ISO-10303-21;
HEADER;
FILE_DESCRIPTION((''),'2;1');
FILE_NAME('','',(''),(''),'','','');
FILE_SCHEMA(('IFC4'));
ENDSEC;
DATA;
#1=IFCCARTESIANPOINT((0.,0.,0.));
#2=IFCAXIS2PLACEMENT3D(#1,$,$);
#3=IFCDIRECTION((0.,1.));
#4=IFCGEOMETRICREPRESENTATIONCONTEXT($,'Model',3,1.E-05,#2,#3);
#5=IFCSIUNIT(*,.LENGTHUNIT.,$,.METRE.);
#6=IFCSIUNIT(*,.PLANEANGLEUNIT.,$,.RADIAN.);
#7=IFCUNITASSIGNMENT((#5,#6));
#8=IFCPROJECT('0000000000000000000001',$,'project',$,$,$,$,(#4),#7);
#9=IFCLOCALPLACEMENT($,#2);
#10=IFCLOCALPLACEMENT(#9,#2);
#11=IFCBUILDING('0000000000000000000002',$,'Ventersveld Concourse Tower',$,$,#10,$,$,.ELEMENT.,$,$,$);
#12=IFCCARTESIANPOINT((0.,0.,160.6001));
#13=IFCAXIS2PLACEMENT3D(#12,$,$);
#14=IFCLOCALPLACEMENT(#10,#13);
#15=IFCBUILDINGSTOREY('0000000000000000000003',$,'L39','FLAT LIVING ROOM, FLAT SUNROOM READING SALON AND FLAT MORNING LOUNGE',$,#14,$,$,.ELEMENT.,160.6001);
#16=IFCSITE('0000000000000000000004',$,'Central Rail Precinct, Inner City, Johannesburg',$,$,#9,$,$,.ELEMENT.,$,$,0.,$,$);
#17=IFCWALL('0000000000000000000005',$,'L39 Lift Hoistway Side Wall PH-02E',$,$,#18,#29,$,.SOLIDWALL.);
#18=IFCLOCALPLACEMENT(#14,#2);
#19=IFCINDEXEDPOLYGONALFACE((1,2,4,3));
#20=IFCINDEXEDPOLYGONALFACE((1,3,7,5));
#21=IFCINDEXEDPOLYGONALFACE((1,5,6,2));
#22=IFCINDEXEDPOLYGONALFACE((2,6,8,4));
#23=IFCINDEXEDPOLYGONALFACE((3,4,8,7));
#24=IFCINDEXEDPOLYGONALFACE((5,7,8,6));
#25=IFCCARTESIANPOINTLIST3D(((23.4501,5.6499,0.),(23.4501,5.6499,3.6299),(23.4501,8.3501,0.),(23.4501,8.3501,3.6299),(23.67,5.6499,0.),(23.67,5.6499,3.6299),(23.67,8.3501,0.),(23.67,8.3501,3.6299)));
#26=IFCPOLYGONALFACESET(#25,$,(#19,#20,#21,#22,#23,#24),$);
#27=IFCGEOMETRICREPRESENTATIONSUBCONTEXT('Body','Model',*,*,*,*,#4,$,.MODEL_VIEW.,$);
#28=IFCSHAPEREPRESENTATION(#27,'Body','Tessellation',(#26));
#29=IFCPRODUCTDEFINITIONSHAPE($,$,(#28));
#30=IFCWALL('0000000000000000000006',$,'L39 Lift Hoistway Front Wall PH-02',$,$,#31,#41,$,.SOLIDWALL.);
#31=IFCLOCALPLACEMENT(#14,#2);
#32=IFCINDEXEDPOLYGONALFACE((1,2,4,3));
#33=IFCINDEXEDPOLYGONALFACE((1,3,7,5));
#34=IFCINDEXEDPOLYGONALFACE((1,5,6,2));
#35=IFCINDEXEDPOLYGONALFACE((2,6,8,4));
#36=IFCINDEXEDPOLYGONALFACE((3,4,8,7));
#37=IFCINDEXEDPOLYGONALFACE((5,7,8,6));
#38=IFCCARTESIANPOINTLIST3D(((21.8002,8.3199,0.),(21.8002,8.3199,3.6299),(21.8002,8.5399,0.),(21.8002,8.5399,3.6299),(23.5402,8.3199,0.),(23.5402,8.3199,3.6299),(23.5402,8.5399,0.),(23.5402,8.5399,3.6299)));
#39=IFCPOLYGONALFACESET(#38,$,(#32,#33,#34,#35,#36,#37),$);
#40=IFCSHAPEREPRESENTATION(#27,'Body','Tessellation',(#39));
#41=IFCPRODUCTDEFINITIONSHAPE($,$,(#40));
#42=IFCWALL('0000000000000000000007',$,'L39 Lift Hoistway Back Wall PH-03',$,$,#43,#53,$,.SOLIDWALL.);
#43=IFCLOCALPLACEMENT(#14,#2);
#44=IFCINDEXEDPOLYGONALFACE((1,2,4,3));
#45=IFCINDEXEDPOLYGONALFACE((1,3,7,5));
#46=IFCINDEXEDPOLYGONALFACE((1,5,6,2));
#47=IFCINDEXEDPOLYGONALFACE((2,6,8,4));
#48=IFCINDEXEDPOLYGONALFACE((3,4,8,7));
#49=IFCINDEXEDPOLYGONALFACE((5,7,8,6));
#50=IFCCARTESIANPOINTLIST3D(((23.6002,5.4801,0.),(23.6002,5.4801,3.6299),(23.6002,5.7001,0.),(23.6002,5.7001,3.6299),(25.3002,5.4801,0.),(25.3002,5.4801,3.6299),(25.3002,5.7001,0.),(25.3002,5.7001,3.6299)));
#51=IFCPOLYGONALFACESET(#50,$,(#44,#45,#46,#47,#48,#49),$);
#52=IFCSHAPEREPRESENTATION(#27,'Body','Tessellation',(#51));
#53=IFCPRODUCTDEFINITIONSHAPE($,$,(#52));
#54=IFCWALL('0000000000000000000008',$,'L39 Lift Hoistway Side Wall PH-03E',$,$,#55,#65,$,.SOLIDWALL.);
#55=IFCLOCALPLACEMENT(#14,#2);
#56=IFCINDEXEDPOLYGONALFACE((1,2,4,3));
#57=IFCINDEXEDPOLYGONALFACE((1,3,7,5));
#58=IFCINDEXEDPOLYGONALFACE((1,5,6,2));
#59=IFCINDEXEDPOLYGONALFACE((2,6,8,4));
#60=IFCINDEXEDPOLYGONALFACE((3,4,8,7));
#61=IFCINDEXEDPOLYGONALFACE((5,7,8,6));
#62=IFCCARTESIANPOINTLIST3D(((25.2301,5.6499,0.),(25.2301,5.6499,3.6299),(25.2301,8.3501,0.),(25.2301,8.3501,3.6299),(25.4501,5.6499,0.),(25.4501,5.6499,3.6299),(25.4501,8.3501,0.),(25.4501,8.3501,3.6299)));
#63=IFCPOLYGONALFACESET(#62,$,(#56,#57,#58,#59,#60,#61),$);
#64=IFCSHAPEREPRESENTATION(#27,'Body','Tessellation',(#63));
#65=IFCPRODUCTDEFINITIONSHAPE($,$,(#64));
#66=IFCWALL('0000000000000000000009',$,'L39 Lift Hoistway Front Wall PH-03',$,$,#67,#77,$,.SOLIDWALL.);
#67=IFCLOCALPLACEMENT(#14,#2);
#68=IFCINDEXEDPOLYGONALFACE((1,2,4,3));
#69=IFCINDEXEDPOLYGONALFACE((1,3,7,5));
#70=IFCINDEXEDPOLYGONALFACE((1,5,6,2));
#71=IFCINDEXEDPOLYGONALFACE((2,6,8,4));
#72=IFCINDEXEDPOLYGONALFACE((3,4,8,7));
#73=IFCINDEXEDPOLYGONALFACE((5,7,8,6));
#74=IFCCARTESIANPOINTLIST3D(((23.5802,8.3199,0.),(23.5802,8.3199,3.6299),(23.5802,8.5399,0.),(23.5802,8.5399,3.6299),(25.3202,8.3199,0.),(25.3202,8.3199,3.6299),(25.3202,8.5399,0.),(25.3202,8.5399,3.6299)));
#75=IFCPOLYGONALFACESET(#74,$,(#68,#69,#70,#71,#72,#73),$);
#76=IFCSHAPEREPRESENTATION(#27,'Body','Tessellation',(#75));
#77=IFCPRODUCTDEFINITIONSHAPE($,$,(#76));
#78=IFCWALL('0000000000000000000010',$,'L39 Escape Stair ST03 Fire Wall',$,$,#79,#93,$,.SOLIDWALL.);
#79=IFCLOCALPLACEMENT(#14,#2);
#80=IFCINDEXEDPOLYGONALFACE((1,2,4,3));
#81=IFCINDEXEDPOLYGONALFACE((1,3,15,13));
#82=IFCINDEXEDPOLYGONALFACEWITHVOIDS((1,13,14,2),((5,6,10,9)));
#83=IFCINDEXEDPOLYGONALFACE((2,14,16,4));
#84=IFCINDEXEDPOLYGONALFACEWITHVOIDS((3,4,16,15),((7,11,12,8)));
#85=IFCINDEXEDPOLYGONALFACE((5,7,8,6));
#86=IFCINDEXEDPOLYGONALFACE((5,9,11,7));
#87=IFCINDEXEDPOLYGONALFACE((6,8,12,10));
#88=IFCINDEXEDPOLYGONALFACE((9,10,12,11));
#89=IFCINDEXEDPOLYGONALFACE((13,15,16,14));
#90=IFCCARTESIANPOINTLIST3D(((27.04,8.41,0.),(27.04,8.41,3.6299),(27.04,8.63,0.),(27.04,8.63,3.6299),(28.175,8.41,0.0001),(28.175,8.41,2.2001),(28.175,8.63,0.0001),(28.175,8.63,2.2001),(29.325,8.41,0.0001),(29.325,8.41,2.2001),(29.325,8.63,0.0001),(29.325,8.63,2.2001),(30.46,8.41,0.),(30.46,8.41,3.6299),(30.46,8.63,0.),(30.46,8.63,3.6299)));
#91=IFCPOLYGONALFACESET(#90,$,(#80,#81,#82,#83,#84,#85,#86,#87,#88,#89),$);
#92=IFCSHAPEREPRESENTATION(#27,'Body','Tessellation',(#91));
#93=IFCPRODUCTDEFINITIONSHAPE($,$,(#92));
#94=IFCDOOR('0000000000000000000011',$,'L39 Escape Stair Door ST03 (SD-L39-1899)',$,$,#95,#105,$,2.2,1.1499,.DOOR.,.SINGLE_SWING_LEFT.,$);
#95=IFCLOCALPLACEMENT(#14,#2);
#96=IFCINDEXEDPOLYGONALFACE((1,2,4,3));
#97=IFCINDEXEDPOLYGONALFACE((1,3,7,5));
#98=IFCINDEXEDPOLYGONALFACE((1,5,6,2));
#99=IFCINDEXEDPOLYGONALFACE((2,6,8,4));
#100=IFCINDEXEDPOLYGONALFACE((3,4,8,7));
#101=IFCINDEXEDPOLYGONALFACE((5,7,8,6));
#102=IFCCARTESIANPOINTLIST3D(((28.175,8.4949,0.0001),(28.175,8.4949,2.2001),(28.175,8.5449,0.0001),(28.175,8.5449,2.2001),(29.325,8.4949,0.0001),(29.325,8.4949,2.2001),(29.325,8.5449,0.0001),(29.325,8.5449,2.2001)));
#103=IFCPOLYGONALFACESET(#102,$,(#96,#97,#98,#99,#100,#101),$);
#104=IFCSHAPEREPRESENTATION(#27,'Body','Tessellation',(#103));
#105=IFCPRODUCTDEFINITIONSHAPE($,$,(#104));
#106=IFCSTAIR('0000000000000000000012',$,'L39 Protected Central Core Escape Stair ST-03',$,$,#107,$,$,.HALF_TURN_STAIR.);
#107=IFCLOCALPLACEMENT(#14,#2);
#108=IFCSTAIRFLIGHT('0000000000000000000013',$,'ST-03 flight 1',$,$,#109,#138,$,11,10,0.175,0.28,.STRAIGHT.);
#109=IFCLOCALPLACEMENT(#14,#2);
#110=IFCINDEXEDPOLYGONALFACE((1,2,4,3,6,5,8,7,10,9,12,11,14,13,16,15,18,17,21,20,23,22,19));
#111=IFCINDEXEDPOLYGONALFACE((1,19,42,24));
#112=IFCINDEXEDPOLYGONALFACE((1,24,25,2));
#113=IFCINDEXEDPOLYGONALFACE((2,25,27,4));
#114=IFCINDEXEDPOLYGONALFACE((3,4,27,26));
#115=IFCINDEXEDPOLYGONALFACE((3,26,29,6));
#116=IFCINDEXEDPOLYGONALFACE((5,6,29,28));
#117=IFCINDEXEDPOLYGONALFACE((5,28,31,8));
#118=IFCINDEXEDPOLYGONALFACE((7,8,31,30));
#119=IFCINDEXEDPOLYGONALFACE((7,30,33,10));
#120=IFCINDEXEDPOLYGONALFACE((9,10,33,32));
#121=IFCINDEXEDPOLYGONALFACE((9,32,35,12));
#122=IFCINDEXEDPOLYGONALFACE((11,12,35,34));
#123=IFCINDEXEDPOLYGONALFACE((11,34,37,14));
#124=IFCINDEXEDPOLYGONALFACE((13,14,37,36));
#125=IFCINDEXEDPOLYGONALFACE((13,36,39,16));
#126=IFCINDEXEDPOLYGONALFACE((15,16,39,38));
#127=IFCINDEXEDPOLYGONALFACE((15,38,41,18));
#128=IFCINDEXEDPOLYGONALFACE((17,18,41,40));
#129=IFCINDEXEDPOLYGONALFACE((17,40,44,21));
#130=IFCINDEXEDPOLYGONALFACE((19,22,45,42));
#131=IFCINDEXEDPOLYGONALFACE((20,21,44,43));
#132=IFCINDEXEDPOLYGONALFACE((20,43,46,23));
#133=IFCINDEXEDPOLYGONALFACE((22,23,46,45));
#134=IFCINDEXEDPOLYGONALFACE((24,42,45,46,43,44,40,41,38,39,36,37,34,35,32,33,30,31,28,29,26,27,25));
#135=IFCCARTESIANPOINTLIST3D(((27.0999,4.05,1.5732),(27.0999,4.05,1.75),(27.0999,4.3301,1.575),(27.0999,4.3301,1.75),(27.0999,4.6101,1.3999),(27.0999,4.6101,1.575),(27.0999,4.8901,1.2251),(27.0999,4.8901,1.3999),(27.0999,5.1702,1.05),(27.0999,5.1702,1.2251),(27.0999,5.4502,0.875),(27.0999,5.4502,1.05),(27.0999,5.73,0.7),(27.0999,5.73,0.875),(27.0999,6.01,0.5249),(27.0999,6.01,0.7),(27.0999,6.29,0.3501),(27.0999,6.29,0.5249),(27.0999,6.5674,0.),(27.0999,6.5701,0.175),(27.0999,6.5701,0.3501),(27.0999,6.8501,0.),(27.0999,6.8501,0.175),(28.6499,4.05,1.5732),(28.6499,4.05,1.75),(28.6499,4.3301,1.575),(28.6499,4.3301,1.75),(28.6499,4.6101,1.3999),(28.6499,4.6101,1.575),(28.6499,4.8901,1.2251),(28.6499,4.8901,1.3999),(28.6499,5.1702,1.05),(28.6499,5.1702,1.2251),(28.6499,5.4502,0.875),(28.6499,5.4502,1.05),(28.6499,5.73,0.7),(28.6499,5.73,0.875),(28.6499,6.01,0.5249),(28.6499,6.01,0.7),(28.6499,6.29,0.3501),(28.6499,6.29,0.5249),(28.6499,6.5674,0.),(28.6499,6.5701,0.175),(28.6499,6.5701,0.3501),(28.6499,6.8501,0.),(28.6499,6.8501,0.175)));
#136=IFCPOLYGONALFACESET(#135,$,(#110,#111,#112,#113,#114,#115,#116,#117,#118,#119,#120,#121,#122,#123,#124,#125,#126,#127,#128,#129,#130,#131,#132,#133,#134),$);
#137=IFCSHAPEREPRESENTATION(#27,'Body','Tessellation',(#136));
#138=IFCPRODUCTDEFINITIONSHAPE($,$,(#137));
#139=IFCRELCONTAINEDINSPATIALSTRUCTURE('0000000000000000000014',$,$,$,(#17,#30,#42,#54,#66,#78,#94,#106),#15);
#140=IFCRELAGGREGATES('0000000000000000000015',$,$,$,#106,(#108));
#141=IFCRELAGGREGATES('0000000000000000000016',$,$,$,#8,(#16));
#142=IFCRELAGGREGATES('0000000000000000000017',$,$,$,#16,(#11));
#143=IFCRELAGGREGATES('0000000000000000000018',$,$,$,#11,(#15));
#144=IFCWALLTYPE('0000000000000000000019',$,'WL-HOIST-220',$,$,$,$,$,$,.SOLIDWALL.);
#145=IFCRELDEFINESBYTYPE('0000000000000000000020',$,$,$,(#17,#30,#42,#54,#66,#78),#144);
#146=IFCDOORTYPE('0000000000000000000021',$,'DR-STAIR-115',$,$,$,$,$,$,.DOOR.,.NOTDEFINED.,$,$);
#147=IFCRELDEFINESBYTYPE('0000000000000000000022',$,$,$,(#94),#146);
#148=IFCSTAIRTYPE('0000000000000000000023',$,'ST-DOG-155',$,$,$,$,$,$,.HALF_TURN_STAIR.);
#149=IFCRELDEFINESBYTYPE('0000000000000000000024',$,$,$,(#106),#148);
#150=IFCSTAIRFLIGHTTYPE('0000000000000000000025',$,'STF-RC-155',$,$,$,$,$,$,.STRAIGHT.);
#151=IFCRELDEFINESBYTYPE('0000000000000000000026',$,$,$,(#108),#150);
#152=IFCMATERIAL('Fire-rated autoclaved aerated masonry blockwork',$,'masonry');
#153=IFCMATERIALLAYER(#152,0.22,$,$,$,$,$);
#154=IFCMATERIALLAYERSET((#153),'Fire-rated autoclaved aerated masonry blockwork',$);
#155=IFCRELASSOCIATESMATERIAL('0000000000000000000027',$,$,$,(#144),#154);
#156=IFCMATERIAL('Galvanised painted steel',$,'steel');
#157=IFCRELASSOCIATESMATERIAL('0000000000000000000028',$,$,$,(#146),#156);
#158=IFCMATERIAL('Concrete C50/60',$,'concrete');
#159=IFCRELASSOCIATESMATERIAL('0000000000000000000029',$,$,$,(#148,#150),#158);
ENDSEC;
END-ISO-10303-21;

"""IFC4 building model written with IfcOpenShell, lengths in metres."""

from ifc_helpers import new_model, si_unit, direction, frame, frame_2d, origin, place, context, subcontext, project, spatial, polyline, rectangle, outline, extrude, material, layer, layer_set, type_object, element, fill, aggregate, save


model = new_model("IFC4")

# Units and contexts
model_context = context("Model", 3, precision=1e-05, world=origin(), true_north=direction((0.0, 1.0)))
body_context = subcontext(model_context, "Body", "Model", "MODEL_VIEW")
ifc_project = project(units=[si_unit("LENGTHUNIT", "METRE"), si_unit("PLANEANGLEUNIT", "RADIAN")], contexts=[model_context])

# Site, building, storey
site_placement = place(None, origin())
site = spatial("IfcSite", under=ifc_project, at=site_placement, Name="Central Rail Precinct, Inner City, Johannesburg", CompositionType="ELEMENT", RefElevation=0.0)
building_placement = place(site_placement, origin())
building = spatial("IfcBuilding", under=site, at=building_placement, Name="Ventersveld Concourse Tower", CompositionType="ELEMENT")
storey_placement = place(building_placement, frame((0.0, 0.0, 160.6001)))
storey = spatial("IfcBuildingStorey", under=building, at=storey_placement, Name="L39", Description="FLAT LIVING ROOM, FLAT SUNROOM READING SALON AND FLAT MORNING LOUNGE", CompositionType="ELEMENT", Elevation=160.6001)

# Shared definitions
ifc_material_1 = material(Name="Concrete C50/60", Category="concrete")

# Shared definitions
ifc_material_2 = material(Name="Fire-rated autoclaved aerated masonry blockwork", Category="masonry")
ifc_material_3 = material(Name="Galvanised painted steel", Category="steel")

# Walls
ifc_layer_1 = layer(ifc_material_2, 0.22)
ifc_layer_set_1 = layer_set([ifc_layer_1], Name="Fire-rated autoclaved aerated masonry blockwork")
wall_type_1 = type_object("IfcWallType", Name="WL-HOIST-220", PredefinedType="SOLIDWALL", material=ifc_layer_set_1)
wall_1_placement = place(storey_placement, frame((23.5601, 5.6499, 0.0), z_axis=(0.0, 0.0, 1.0), x_axis=(0.0, 1.0, 0.0)))
element("IfcWall", 1, at=wall_1_placement, inside=storey, type_object=wall_type_1, Name="L39 Lift Hoistway Side Wall PH-02E", PredefinedType="SOLIDWALL", context=body_context, shape_type="SweptSolid", body=[
    extrude(rectangle(XDim=2.7002, YDim=0.22, at=frame_2d((1.3501, 0.0))), origin(), (0.0, 0.0, 1.0), 3.6299),
])
wall_2_placement = place(storey_placement, frame((21.8, 8.4299, 0.0), z_axis=(0.0, 0.0, 1.0), x_axis=(1.0, 0.0, 0.0)))
element("IfcWall", 2, at=wall_2_placement, inside=storey, type_object=wall_type_1, Name="L39 Lift Hoistway Front Wall PH-02", PredefinedType="SOLIDWALL", context=body_context, shape_type="SweptSolid", body=[
    extrude(rectangle(XDim=1.74, YDim=0.22, at=frame_2d((0.8701, 0.0))), origin(), (0.0, 0.0, 1.0), 3.6299),
])
wall_3_placement = place(storey_placement, frame((23.6001, 5.5901, 0.0), z_axis=(0.0, 0.0, 1.0), x_axis=(1.0, 0.0, 0.0)))
element("IfcWall", 3, at=wall_3_placement, inside=storey, type_object=wall_type_1, Name="L39 Lift Hoistway Back Wall PH-03", PredefinedType="SOLIDWALL", context=body_context, shape_type="SweptSolid", body=[
    extrude(rectangle(XDim=1.7, YDim=0.22, at=frame_2d((0.8501, 0.0))), origin(), (0.0, 0.0, 1.0), 3.6299),
])
wall_4_placement = place(storey_placement, frame((25.3401, 5.6499, 0.0), z_axis=(0.0, 0.0, 1.0), x_axis=(0.0, 1.0, 0.0)))
element("IfcWall", 4, at=wall_4_placement, inside=storey, type_object=wall_type_1, Name="L39 Lift Hoistway Side Wall PH-03E", PredefinedType="SOLIDWALL", context=body_context, shape_type="SweptSolid", body=[
    extrude(rectangle(XDim=2.7002, YDim=0.22, at=frame_2d((1.3501, 0.0))), origin(), (0.0, 0.0, 1.0), 3.6299),
])
wall_5_placement = place(storey_placement, frame((23.5801, 8.4299, 0.0), z_axis=(0.0, 0.0, 1.0), x_axis=(1.0, 0.0, 0.0)))
element("IfcWall", 5, at=wall_5_placement, inside=storey, type_object=wall_type_1, Name="L39 Lift Hoistway Front Wall PH-03", PredefinedType="SOLIDWALL", context=body_context, shape_type="SweptSolid", body=[
    extrude(rectangle(XDim=1.74, YDim=0.22, at=frame_2d((0.8701, 0.0))), origin(), (0.0, 0.0, 1.0), 3.6299),
])

# Wall, opening, door
wall_6_placement = place(storey_placement, frame((27.04, 8.52, 0.0), z_axis=(0.0, 0.0, 1.0), x_axis=(1.0, 0.0, 0.0)))
wall_6 = element("IfcWall", 6, at=wall_6_placement, inside=storey, type_object=wall_type_1, Name="L39 Escape Stair ST03 Fire Wall", PredefinedType="SOLIDWALL", context=body_context, shape_type="SweptSolid", body=[
    extrude(rectangle(XDim=3.4199, YDim=0.22, at=frame_2d((1.71, 0.0))), origin(), (0.0, 0.0, 1.0), 3.6299),
])
opening_1_placement = place(wall_6_placement, frame((1.135, 0.0, 0.0)))
opening_1 = element("IfcOpeningElement", 7, at=opening_1_placement, cuts=wall_6, PredefinedType="OPENING", context=body_context, shape_type="SweptSolid", body=[
    extrude(rectangle(XDim=1.1499, YDim=2.2, at=frame_2d((0.575, 1.1001))), frame((0.0, 0.1201, 0.0), z_axis=(0.0, -1.0, 0.0), x_axis=(1.0, 0.0, 0.0)), (0.0, 0.0, 1.0), 0.24),
])
door_type_1 = type_object("IfcDoorType", Name="DR-STAIR-115", OperationType="NOTDEFINED", PredefinedType="DOOR", material=ifc_material_3)
door_1_placement = place(opening_1_placement, origin())
door_1 = element("IfcDoor", 8, at=door_1_placement, inside=storey, type_object=door_type_1, Name="L39 Escape Stair Door ST03 (SD-L39-1899)", OperationType="SINGLE_SWING_LEFT", OverallHeight=2.2, OverallWidth=1.1499, PredefinedType="DOOR", context=body_context, shape_type="SweptSolid", body=[
    extrude(rectangle(XDim=1.1499, YDim=2.2, at=frame_2d((0.575, 1.1001))), frame((0.0, 0.0249, 0.0), z_axis=(0.0, -1.0, 0.0), x_axis=(1.0, 0.0, 0.0)), (0.0, 0.0, 1.0), 0.05),
])
fill(opening_1, door_1)

# Stair, stair flight
stair_type = type_object("IfcStairType", Name="ST-DOG-155", PredefinedType="HALF_TURN_STAIR", material=ifc_material_1)
stair_placement = place(storey_placement, origin())
stair = element("IfcStair", 9, at=stair_placement, inside=storey, type_object=stair_type, Name="L39 Protected Central Core Escape Stair ST-03", PredefinedType="HALF_TURN_STAIR")
stair_flight_type = type_object("IfcStairFlightType", Name="STF-RC-155", PredefinedType="STRAIGHT", material=ifc_material_1)
stair_flight_placement = place(storey_placement, frame((27.875, 6.8501, 0.0), z_axis=(0.0, 0.0, 1.0), x_axis=(0.0, -1.0, 0.0)))
stair_flight = element("IfcStairFlight", 10, at=stair_flight_placement, type_object=stair_flight_type, Name="ST-03 flight 1", NumberOfRisers=11, NumberOfTreads=10, PredefinedType="STRAIGHT", RiserHeight=0.175, TreadLength=0.28, context=body_context, shape_type="SweptSolid", body=[
    extrude(outline(polyline([(0.0, 0.0), (0.0, 0.175), (0.28, 0.175), (0.28, 0.3501), (0.5601, 0.3501), (0.5601, 0.5249), (0.8401, 0.5249), (0.8401, 0.7), (1.1201, 0.7), (1.1201, 0.875), (1.3999, 0.875), (1.3999, 1.05), (1.6799, 1.05), (1.6799, 1.2251), (1.96, 1.2251), (1.96, 1.3999), (2.24, 1.3999), (2.24, 1.575), (2.52, 1.575), (2.52, 1.75), (2.8, 1.75), (2.8, 1.925), (2.8, 1.5732), (0.2827, 0.0), (0.0, 0.0)])), frame((0.0, 0.7749, 0.0), z_axis=(0.0, -1.0, 0.0), x_axis=(1.0, 0.0, 0.0)), (0.0, 0.0, 1.0), 1.55),
])
aggregate(stair, [stair_flight])

save(model, "model.ifc")
